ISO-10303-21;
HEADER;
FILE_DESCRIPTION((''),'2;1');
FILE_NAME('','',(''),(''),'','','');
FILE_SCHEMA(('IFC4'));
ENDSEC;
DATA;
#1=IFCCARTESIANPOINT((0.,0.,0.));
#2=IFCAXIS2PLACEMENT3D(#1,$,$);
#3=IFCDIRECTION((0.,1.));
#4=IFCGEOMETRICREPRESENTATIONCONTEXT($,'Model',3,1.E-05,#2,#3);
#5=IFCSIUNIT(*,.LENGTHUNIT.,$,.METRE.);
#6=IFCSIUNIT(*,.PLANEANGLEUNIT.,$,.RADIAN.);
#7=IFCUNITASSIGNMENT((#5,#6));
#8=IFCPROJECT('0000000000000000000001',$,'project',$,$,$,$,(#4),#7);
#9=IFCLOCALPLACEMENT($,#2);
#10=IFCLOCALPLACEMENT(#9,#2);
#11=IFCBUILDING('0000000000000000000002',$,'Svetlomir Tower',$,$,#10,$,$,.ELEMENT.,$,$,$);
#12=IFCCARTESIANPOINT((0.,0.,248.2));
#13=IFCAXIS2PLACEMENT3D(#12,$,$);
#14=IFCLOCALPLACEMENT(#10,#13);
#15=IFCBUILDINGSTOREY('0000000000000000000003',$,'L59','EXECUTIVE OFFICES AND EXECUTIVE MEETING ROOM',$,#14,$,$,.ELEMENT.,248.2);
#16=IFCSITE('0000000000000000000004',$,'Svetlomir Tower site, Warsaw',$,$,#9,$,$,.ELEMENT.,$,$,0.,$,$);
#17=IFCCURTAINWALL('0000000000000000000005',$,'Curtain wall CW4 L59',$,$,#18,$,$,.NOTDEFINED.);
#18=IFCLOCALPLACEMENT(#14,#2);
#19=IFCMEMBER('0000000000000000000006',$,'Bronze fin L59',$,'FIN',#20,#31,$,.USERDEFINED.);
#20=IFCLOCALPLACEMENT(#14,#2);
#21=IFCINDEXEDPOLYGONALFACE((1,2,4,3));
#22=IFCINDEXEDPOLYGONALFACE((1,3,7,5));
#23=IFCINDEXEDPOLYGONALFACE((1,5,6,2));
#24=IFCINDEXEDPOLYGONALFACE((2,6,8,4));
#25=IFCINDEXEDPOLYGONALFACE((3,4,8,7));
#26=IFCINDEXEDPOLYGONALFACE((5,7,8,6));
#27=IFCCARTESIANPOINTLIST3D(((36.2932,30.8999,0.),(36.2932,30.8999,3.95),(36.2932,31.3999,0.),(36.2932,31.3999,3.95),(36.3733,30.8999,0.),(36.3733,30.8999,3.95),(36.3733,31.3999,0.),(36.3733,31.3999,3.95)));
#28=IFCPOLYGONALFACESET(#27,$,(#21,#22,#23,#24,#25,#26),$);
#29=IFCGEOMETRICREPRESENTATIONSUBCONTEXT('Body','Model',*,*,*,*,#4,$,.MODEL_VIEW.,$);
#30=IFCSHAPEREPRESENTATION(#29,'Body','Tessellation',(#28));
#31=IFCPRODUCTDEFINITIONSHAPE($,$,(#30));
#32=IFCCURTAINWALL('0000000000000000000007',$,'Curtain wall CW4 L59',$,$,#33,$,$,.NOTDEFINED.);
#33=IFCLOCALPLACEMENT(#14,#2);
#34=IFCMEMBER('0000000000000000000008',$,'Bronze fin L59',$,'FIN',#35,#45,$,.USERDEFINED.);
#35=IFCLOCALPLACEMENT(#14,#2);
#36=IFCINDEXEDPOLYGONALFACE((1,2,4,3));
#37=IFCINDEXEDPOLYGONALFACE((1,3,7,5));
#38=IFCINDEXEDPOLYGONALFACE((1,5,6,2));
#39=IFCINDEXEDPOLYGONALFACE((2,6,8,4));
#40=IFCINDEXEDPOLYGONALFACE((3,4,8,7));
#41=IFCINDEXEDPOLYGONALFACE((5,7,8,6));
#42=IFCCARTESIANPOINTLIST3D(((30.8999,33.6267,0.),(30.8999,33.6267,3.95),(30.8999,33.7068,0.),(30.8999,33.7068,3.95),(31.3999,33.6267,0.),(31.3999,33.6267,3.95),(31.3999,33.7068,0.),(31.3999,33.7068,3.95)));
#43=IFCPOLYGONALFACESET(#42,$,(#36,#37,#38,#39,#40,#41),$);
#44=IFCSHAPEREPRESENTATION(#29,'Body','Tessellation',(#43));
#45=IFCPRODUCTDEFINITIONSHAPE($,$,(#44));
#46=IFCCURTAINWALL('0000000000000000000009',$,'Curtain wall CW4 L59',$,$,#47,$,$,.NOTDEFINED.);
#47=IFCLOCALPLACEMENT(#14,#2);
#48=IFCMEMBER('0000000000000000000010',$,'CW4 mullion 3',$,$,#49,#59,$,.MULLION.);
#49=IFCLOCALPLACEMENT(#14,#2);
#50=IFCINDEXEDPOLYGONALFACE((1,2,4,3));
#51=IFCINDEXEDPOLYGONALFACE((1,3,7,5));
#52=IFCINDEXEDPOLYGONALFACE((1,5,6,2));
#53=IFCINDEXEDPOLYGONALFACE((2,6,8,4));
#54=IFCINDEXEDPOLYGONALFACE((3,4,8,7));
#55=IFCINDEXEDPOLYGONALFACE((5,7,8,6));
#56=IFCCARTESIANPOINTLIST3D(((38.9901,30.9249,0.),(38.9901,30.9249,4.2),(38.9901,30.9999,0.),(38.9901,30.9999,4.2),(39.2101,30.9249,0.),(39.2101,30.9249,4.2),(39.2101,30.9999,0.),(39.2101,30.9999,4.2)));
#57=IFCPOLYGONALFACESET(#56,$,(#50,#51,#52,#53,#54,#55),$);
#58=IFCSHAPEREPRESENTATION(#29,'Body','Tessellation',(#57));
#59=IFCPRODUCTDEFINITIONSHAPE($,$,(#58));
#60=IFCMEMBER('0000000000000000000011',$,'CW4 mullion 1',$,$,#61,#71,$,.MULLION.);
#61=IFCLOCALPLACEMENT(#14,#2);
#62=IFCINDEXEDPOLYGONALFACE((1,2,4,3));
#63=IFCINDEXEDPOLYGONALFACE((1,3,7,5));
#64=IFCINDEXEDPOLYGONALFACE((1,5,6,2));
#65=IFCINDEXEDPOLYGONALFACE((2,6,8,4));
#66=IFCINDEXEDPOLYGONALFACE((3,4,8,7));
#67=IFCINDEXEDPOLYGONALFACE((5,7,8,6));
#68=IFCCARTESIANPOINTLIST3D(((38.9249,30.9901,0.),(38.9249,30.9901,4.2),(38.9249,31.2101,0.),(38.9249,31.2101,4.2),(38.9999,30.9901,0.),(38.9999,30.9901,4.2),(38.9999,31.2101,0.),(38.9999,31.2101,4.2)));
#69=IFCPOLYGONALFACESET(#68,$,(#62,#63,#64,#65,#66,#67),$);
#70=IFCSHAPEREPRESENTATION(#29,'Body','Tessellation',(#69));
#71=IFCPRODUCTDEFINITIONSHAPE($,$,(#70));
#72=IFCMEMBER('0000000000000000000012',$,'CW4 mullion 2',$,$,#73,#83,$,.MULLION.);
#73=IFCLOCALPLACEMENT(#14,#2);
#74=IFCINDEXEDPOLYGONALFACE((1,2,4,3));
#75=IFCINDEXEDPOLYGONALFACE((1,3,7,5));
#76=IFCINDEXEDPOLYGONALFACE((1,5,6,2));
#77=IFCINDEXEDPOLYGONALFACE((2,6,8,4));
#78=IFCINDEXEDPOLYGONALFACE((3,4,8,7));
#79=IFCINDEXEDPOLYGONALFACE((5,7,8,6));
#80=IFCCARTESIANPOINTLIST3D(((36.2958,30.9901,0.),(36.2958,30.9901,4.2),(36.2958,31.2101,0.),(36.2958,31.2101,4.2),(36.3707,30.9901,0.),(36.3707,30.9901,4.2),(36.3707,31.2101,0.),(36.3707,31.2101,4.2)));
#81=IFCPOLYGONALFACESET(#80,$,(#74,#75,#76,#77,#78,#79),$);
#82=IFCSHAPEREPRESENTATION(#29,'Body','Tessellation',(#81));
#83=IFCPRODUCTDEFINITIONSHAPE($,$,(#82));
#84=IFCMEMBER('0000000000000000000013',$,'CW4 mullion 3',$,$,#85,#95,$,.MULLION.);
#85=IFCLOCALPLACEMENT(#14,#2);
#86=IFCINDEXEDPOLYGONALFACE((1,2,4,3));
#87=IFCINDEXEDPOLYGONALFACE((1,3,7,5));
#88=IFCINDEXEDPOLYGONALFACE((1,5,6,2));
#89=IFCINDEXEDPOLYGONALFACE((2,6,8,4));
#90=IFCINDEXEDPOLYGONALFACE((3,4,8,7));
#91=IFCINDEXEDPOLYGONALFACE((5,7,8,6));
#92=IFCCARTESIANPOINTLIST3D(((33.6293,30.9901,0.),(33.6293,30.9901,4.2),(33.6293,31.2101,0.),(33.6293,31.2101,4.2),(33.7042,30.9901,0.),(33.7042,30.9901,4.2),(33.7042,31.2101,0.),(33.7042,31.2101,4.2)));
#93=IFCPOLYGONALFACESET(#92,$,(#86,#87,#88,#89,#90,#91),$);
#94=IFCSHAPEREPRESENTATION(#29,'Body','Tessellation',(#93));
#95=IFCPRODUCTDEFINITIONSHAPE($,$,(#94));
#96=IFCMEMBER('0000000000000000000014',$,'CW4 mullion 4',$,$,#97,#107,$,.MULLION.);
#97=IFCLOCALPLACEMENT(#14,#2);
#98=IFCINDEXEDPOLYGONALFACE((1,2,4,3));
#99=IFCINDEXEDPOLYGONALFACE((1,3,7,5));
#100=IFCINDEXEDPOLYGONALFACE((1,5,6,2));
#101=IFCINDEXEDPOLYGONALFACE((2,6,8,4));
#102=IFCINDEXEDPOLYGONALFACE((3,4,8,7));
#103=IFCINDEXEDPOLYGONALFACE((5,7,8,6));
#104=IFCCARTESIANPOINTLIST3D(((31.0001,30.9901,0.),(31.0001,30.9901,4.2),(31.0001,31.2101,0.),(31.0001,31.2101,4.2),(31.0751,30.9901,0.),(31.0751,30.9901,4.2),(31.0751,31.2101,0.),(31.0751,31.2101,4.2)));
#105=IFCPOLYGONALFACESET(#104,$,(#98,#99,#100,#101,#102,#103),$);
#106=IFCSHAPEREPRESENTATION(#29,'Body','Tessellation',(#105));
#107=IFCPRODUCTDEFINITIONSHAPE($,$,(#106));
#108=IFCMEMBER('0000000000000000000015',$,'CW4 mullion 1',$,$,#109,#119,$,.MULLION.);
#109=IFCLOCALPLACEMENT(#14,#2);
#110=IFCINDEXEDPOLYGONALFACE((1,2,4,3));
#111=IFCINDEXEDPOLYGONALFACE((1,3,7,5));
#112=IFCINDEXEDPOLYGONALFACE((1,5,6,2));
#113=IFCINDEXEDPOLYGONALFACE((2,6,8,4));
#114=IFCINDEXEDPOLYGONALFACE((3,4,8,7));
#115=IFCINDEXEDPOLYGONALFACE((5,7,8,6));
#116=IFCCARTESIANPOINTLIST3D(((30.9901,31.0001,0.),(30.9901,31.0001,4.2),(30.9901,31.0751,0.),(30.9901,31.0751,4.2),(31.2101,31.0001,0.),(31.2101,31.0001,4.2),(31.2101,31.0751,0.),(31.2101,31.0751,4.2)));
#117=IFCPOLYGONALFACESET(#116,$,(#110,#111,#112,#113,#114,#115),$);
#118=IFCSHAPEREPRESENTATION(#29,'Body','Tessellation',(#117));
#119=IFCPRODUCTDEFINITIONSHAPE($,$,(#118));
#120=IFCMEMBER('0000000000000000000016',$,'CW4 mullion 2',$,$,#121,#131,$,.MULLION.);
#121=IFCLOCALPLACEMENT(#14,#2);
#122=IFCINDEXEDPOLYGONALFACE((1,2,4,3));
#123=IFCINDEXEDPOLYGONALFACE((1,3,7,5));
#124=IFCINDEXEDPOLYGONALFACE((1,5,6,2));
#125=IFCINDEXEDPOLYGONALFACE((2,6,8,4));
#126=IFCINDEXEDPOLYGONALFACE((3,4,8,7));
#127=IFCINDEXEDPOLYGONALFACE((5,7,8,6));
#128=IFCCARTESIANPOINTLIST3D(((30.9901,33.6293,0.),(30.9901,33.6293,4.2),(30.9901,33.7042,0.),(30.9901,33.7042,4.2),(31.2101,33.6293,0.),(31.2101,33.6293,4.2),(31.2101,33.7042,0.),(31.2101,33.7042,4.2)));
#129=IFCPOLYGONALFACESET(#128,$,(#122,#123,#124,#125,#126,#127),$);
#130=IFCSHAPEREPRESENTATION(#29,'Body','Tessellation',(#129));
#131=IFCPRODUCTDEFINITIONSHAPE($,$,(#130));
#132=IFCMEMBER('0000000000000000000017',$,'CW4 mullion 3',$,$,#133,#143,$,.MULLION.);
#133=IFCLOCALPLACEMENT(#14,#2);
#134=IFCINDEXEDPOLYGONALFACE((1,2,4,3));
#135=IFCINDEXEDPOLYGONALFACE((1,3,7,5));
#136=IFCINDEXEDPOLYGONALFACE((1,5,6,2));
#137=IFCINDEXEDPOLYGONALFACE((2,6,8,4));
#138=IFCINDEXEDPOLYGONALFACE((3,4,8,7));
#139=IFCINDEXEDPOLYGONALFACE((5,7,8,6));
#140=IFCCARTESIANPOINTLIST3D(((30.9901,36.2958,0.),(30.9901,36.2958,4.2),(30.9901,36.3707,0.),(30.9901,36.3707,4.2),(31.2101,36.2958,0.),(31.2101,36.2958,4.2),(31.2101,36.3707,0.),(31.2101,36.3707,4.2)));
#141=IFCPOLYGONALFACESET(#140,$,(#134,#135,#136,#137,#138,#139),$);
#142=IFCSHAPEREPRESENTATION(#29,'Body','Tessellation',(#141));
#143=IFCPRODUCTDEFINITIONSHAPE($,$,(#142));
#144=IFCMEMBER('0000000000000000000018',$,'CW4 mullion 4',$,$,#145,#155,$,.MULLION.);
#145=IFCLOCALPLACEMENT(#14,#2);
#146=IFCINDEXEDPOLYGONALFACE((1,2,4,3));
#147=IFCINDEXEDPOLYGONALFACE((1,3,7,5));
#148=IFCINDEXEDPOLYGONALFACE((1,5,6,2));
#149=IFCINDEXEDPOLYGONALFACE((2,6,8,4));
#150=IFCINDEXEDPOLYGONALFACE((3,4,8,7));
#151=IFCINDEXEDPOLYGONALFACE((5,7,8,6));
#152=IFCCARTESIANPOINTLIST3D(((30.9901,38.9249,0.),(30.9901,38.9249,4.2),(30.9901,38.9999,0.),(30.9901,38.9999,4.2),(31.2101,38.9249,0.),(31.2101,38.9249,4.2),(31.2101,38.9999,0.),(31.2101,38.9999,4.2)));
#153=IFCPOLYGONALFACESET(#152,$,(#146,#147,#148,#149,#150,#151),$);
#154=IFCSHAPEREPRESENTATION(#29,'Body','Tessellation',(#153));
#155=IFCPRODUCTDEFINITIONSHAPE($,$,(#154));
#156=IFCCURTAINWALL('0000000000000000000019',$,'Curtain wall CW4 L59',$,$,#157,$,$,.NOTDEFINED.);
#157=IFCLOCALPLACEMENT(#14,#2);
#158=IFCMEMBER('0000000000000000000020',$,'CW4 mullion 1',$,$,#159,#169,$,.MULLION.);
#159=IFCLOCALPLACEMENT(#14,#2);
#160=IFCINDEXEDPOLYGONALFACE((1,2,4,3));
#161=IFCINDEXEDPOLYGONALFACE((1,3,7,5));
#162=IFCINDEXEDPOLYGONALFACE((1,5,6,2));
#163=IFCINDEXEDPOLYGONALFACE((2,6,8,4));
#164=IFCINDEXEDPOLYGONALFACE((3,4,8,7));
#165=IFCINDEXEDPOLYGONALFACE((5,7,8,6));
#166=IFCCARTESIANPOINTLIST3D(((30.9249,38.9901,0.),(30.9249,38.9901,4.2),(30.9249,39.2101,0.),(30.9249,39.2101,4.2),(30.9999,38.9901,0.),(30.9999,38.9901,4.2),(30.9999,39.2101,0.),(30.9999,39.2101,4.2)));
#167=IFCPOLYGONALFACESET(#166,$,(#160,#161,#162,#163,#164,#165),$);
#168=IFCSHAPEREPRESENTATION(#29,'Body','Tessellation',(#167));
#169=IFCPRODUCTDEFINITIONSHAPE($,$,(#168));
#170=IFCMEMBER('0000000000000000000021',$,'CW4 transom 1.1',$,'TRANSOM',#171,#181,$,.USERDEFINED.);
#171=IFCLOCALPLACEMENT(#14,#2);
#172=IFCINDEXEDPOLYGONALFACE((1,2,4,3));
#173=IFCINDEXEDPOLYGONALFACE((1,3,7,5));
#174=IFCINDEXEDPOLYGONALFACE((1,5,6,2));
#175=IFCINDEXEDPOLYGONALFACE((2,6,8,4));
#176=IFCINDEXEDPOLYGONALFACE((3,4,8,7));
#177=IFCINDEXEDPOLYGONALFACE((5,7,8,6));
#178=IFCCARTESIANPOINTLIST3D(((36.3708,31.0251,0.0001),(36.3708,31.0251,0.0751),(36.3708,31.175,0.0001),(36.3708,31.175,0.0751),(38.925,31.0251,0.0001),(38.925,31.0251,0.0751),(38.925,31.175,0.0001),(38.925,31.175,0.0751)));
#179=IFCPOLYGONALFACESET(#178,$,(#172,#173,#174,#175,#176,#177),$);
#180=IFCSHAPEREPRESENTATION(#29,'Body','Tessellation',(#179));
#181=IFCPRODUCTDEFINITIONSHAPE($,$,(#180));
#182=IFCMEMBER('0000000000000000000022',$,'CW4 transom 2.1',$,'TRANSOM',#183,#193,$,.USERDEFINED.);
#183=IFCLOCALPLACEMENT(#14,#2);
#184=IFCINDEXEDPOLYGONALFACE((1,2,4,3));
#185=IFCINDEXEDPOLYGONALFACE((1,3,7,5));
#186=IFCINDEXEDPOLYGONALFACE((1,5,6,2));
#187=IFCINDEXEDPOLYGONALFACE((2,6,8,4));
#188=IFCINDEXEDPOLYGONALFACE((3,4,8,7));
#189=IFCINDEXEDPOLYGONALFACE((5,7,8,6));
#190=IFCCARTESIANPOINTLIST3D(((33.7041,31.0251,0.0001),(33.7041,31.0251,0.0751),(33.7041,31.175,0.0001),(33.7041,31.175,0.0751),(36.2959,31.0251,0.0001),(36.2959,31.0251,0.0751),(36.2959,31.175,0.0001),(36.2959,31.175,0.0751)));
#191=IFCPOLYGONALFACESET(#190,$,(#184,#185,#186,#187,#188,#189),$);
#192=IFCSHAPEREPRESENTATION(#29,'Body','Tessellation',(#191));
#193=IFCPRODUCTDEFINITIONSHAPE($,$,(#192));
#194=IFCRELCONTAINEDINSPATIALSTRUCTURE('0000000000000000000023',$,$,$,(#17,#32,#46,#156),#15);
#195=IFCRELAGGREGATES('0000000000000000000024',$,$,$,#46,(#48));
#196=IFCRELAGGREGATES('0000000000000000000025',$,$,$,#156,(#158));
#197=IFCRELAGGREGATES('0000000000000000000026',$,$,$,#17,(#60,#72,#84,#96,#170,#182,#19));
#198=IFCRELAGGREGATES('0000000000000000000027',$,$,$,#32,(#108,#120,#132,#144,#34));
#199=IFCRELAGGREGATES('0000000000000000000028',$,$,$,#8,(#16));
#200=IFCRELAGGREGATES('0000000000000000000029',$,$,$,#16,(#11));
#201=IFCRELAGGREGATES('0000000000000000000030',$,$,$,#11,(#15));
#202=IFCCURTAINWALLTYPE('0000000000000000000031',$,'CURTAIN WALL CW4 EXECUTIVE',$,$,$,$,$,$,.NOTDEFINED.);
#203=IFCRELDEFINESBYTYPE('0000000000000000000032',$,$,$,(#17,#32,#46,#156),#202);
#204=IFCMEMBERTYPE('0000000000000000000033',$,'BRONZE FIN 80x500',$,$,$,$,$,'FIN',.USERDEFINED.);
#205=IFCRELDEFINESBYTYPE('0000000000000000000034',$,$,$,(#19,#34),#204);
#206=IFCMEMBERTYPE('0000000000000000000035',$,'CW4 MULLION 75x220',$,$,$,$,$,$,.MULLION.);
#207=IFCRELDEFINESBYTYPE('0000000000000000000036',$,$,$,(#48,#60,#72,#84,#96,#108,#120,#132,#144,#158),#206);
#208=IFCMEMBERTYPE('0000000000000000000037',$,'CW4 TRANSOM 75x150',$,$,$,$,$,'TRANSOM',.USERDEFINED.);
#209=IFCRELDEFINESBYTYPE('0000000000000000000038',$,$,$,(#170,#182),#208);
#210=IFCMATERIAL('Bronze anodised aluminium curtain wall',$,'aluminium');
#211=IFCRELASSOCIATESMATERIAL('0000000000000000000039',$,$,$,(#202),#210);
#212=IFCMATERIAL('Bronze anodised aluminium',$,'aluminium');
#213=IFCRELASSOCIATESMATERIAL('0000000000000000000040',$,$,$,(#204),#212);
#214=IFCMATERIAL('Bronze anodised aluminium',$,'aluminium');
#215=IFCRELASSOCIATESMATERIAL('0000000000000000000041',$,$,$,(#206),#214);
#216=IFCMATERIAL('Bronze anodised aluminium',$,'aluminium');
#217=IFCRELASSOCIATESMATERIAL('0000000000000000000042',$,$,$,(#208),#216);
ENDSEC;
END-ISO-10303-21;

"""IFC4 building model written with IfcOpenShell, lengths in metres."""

from ifc_helpers import new_model, si_unit, direction, frame, origin, origin_2d, place, context, subcontext, project, spatial, rectangle, extrude, material, material_profile, profile_set, type_object, element, aggregate, save


model = new_model("IFC4")

# Units and contexts
model_context = context("Model", 3, precision=1e-05, world=origin(), true_north=direction((0.0, 1.0)))
body_context = subcontext(model_context, "Body", "Model", "MODEL_VIEW")
ifc_project = project(units=[si_unit("LENGTHUNIT", "METRE"), si_unit("PLANEANGLEUNIT", "RADIAN")], contexts=[model_context])

# Site, building, storey
site_placement = place(None, origin())
site = spatial("IfcSite", under=ifc_project, at=site_placement, Name="Svetlomir Tower site, Warsaw", CompositionType="ELEMENT", RefElevation=0.0)
building_placement = place(site_placement, origin())
building = spatial("IfcBuilding", under=site, at=building_placement, Name="Svetlomir Tower", CompositionType="ELEMENT")
storey_placement = place(building_placement, frame((0.0, 0.0, 248.2)))
storey = spatial("IfcBuildingStorey", under=building, at=storey_placement, Name="L59", Description="EXECUTIVE OFFICES AND EXECUTIVE MEETING ROOM", CompositionType="ELEMENT", Elevation=248.2)

# Curtain walls, members
ifc_material_1 = material(Name="Bronze anodised aluminium curtain wall", Category="aluminium")
curtain_wall_type = type_object("IfcCurtainWallType", Name="CURTAIN WALL CW4 EXECUTIVE", PredefinedType="NOTDEFINED", material=ifc_material_1)
curtain_wall_1_placement = place(storey_placement, origin())
curtain_wall_1 = element("IfcCurtainWall", 1, at=curtain_wall_1_placement, inside=storey, type_object=curtain_wall_type, Name="Curtain wall CW4 L59", PredefinedType="NOTDEFINED")
ifc_material_2 = material(Name="Bronze anodised aluminium", Category="aluminium")
ifc_material_profile_1 = material_profile(ifc_material_2, rectangle(XDim=0.0801, YDim=0.5, at=origin_2d()), Name="FIN 80x500")
ifc_profile_set_1 = profile_set([ifc_material_profile_1], Name="Bronze anodised aluminium 6063-T6")
member_type_1 = type_object("IfcMemberType", Name="BRONZE FIN 80x500", ElementType="FIN", PredefinedType="USERDEFINED", material=ifc_profile_set_1)
member_1_placement = place(storey_placement, frame((36.3333, 31.1499, 0.0), z_axis=(0.0, 0.0, 1.0), x_axis=(1.0, 0.0, 0.0)))
member_1 = element("IfcMember", 2, at=member_1_placement, type_object=member_type_1, Name="Bronze fin L59", ObjectType="FIN", PredefinedType="USERDEFINED", context=body_context, shape_type="SweptSolid", body=[
    extrude(rectangle(XDim=0.0801, YDim=0.5, at=origin_2d()), origin(), (0.0, 0.0, 1.0), 3.95),
])
curtain_wall_2_placement = place(storey_placement, origin())
curtain_wall_2 = element("IfcCurtainWall", 3, at=curtain_wall_2_placement, inside=storey, type_object=curtain_wall_type, Name="Curtain wall CW4 L59", PredefinedType="NOTDEFINED")
member_2_placement = place(storey_placement, frame((31.1499, 33.6667, 0.0), z_axis=(0.0, 0.0, 1.0), x_axis=(0.0, 1.0, 0.0)))
member_2 = element("IfcMember", 4, at=member_2_placement, type_object=member_type_1, Name="Bronze fin L59", ObjectType="FIN", PredefinedType="USERDEFINED", context=body_context, shape_type="SweptSolid", body=[
    extrude(rectangle(XDim=0.0801, YDim=0.5, at=origin_2d()), origin(), (0.0, 0.0, 1.0), 3.95),
])
curtain_wall_3_placement = place(storey_placement, origin())
curtain_wall_3 = element("IfcCurtainWall", 5, at=curtain_wall_3_placement, inside=storey, type_object=curtain_wall_type, Name="Curtain wall CW4 L59", PredefinedType="NOTDEFINED")
ifc_material_3 = material(Name="Bronze anodised aluminium", Category="aluminium")
ifc_material_profile_2 = material_profile(ifc_material_3, rectangle(XDim=0.075, YDim=0.22, at=origin_2d()), Name="AL 75x220")
ifc_profile_set_2 = profile_set([ifc_material_profile_2], Name="Bronze anodised aluminium 6063-T6")
member_type_2 = type_object("IfcMemberType", Name="CW4 MULLION 75x220", PredefinedType="MULLION", material=ifc_profile_set_2)
member_3_placement = place(storey_placement, frame((39.1001, 30.9624, 0.0), z_axis=(0.0, 0.0, 1.0), x_axis=(0.0, 1.0, 0.0)))
member_3 = element("IfcMember", 6, at=member_3_placement, type_object=member_type_2, Name="CW4 mullion 3", PredefinedType="MULLION", context=body_context, shape_type="SweptSolid", body=[
    extrude(rectangle(XDim=0.075, YDim=0.22, at=origin_2d()), origin(), (0.0, 0.0, 1.0), 4.2),
])
aggregate(curtain_wall_3, [member_3])

# Members
member_4_placement = place(storey_placement, frame((38.9624, 31.1001, 0.0), z_axis=(0.0, 0.0, 1.0), x_axis=(-1.0, 0.0, 0.0)))
member_4 = element("IfcMember", 7, at=member_4_placement, type_object=member_type_2, Name="CW4 mullion 1", PredefinedType="MULLION", context=body_context, shape_type="SweptSolid", body=[
    extrude(rectangle(XDim=0.075, YDim=0.22, at=origin_2d()), origin(), (0.0, 0.0, 1.0), 4.2),
])
member_5_placement = place(storey_placement, frame((36.3333, 31.1001, 0.0), z_axis=(0.0, 0.0, 1.0), x_axis=(-1.0, 0.0, 0.0)))
member_5 = element("IfcMember", 8, at=member_5_placement, type_object=member_type_2, Name="CW4 mullion 2", PredefinedType="MULLION", context=body_context, shape_type="SweptSolid", body=[
    extrude(rectangle(XDim=0.075, YDim=0.22, at=origin_2d()), origin(), (0.0, 0.0, 1.0), 4.2),
])
member_6_placement = place(storey_placement, frame((33.6667, 31.1001, 0.0), z_axis=(0.0, 0.0, 1.0), x_axis=(-1.0, 0.0, 0.0)))
member_6 = element("IfcMember", 9, at=member_6_placement, type_object=member_type_2, Name="CW4 mullion 3", PredefinedType="MULLION", context=body_context, shape_type="SweptSolid", body=[
    extrude(rectangle(XDim=0.075, YDim=0.22, at=origin_2d()), origin(), (0.0, 0.0, 1.0), 4.2),
])
member_7_placement = place(storey_placement, frame((31.0376, 31.1001, 0.0), z_axis=(0.0, 0.0, 1.0), x_axis=(-1.0, 0.0, 0.0)))
member_7 = element("IfcMember", 10, at=member_7_placement, type_object=member_type_2, Name="CW4 mullion 4", PredefinedType="MULLION", context=body_context, shape_type="SweptSolid", body=[
    extrude(rectangle(XDim=0.075, YDim=0.22, at=origin_2d()), origin(), (0.0, 0.0, 1.0), 4.2),
])
member_8_placement = place(storey_placement, frame((31.1001, 31.0376, 0.0), z_axis=(0.0, 0.0, 1.0), x_axis=(0.0, 1.0, 0.0)))
member_8 = element("IfcMember", 11, at=member_8_placement, type_object=member_type_2, Name="CW4 mullion 1", PredefinedType="MULLION", context=body_context, shape_type="SweptSolid", body=[
    extrude(rectangle(XDim=0.075, YDim=0.22, at=origin_2d()), origin(), (0.0, 0.0, 1.0), 4.2),
])
member_9_placement = place(storey_placement, frame((31.1001, 33.6667, 0.0), z_axis=(0.0, 0.0, 1.0), x_axis=(0.0, 1.0, 0.0)))
member_9 = element("IfcMember", 12, at=member_9_placement, type_object=member_type_2, Name="CW4 mullion 2", PredefinedType="MULLION", context=body_context, shape_type="SweptSolid", body=[
    extrude(rectangle(XDim=0.075, YDim=0.22, at=origin_2d()), origin(), (0.0, 0.0, 1.0), 4.2),
])
member_10_placement = place(storey_placement, frame((31.1001, 36.3333, 0.0), z_axis=(0.0, 0.0, 1.0), x_axis=(0.0, 1.0, 0.0)))
member_10 = element("IfcMember", 13, at=member_10_placement, type_object=member_type_2, Name="CW4 mullion 3", PredefinedType="MULLION", context=body_context, shape_type="SweptSolid", body=[
    extrude(rectangle(XDim=0.075, YDim=0.22, at=origin_2d()), origin(), (0.0, 0.0, 1.0), 4.2),
])
member_11_placement = place(storey_placement, frame((31.1001, 38.9624, 0.0), z_axis=(0.0, 0.0, 1.0), x_axis=(0.0, 1.0, 0.0)))
member_11 = element("IfcMember", 14, at=member_11_placement, type_object=member_type_2, Name="CW4 mullion 4", PredefinedType="MULLION", context=body_context, shape_type="SweptSolid", body=[
    extrude(rectangle(XDim=0.075, YDim=0.22, at=origin_2d()), origin(), (0.0, 0.0, 1.0), 4.2),
])

# Curtain wall, member
curtain_wall_4_placement = place(storey_placement, origin())
curtain_wall_4 = element("IfcCurtainWall", 15, at=curtain_wall_4_placement, inside=storey, type_object=curtain_wall_type, Name="Curtain wall CW4 L59", PredefinedType="NOTDEFINED")
member_12_placement = place(storey_placement, frame((30.9624, 39.1001, 0.0), z_axis=(0.0, 0.0, 1.0), x_axis=(-1.0, 0.0, 0.0)))
member_12 = element("IfcMember", 16, at=member_12_placement, type_object=member_type_2, Name="CW4 mullion 1", PredefinedType="MULLION", context=body_context, shape_type="SweptSolid", body=[
    extrude(rectangle(XDim=0.075, YDim=0.22, at=origin_2d()), origin(), (0.0, 0.0, 1.0), 4.2),
])

# Members
ifc_material_4 = material(Name="Bronze anodised aluminium", Category="aluminium")
ifc_material_profile_3 = material_profile(ifc_material_4, rectangle(XDim=0.1499, YDim=0.075, at=origin_2d()), Name="AL 150x75")
ifc_profile_set_3 = profile_set([ifc_material_profile_3], Name="Bronze anodised aluminium 6063-T6")
member_type_3 = type_object("IfcMemberType", Name="CW4 TRANSOM 75x150", ElementType="TRANSOM", PredefinedType="USERDEFINED", material=ifc_profile_set_3)
member_13_placement = place(storey_placement, frame((38.925, 31.1001, 0.0376), z_axis=(-1.0, 0.0, 0.0), x_axis=(0.0, -1.0, 0.0)))
member_13 = element("IfcMember", 17, at=member_13_placement, type_object=member_type_3, Name="CW4 transom 1.1", ObjectType="TRANSOM", PredefinedType="USERDEFINED", context=body_context, shape_type="SweptSolid", body=[
    extrude(rectangle(XDim=0.1499, YDim=0.075, at=origin_2d()), origin(), (0.0, 0.0, 1.0), 2.5542),
])
member_14_placement = place(storey_placement, frame((36.2959, 31.1001, 0.0376), z_axis=(-1.0, 0.0, 0.0), x_axis=(0.0, -1.0, 0.0)))
member_14 = element("IfcMember", 18, at=member_14_placement, type_object=member_type_3, Name="CW4 transom 2.1", ObjectType="TRANSOM", PredefinedType="USERDEFINED", context=body_context, shape_type="SweptSolid", body=[
    extrude(rectangle(XDim=0.1499, YDim=0.075, at=origin_2d()), origin(), (0.0, 0.0, 1.0), 2.5918),
])
aggregate(curtain_wall_4, [member_12])

aggregate(curtain_wall_1, [member_4, member_5, member_6, member_7, member_13, member_14, member_1])
aggregate(curtain_wall_2, [member_8, member_9, member_10, member_11, member_2])

save(model, "model.ifc")
